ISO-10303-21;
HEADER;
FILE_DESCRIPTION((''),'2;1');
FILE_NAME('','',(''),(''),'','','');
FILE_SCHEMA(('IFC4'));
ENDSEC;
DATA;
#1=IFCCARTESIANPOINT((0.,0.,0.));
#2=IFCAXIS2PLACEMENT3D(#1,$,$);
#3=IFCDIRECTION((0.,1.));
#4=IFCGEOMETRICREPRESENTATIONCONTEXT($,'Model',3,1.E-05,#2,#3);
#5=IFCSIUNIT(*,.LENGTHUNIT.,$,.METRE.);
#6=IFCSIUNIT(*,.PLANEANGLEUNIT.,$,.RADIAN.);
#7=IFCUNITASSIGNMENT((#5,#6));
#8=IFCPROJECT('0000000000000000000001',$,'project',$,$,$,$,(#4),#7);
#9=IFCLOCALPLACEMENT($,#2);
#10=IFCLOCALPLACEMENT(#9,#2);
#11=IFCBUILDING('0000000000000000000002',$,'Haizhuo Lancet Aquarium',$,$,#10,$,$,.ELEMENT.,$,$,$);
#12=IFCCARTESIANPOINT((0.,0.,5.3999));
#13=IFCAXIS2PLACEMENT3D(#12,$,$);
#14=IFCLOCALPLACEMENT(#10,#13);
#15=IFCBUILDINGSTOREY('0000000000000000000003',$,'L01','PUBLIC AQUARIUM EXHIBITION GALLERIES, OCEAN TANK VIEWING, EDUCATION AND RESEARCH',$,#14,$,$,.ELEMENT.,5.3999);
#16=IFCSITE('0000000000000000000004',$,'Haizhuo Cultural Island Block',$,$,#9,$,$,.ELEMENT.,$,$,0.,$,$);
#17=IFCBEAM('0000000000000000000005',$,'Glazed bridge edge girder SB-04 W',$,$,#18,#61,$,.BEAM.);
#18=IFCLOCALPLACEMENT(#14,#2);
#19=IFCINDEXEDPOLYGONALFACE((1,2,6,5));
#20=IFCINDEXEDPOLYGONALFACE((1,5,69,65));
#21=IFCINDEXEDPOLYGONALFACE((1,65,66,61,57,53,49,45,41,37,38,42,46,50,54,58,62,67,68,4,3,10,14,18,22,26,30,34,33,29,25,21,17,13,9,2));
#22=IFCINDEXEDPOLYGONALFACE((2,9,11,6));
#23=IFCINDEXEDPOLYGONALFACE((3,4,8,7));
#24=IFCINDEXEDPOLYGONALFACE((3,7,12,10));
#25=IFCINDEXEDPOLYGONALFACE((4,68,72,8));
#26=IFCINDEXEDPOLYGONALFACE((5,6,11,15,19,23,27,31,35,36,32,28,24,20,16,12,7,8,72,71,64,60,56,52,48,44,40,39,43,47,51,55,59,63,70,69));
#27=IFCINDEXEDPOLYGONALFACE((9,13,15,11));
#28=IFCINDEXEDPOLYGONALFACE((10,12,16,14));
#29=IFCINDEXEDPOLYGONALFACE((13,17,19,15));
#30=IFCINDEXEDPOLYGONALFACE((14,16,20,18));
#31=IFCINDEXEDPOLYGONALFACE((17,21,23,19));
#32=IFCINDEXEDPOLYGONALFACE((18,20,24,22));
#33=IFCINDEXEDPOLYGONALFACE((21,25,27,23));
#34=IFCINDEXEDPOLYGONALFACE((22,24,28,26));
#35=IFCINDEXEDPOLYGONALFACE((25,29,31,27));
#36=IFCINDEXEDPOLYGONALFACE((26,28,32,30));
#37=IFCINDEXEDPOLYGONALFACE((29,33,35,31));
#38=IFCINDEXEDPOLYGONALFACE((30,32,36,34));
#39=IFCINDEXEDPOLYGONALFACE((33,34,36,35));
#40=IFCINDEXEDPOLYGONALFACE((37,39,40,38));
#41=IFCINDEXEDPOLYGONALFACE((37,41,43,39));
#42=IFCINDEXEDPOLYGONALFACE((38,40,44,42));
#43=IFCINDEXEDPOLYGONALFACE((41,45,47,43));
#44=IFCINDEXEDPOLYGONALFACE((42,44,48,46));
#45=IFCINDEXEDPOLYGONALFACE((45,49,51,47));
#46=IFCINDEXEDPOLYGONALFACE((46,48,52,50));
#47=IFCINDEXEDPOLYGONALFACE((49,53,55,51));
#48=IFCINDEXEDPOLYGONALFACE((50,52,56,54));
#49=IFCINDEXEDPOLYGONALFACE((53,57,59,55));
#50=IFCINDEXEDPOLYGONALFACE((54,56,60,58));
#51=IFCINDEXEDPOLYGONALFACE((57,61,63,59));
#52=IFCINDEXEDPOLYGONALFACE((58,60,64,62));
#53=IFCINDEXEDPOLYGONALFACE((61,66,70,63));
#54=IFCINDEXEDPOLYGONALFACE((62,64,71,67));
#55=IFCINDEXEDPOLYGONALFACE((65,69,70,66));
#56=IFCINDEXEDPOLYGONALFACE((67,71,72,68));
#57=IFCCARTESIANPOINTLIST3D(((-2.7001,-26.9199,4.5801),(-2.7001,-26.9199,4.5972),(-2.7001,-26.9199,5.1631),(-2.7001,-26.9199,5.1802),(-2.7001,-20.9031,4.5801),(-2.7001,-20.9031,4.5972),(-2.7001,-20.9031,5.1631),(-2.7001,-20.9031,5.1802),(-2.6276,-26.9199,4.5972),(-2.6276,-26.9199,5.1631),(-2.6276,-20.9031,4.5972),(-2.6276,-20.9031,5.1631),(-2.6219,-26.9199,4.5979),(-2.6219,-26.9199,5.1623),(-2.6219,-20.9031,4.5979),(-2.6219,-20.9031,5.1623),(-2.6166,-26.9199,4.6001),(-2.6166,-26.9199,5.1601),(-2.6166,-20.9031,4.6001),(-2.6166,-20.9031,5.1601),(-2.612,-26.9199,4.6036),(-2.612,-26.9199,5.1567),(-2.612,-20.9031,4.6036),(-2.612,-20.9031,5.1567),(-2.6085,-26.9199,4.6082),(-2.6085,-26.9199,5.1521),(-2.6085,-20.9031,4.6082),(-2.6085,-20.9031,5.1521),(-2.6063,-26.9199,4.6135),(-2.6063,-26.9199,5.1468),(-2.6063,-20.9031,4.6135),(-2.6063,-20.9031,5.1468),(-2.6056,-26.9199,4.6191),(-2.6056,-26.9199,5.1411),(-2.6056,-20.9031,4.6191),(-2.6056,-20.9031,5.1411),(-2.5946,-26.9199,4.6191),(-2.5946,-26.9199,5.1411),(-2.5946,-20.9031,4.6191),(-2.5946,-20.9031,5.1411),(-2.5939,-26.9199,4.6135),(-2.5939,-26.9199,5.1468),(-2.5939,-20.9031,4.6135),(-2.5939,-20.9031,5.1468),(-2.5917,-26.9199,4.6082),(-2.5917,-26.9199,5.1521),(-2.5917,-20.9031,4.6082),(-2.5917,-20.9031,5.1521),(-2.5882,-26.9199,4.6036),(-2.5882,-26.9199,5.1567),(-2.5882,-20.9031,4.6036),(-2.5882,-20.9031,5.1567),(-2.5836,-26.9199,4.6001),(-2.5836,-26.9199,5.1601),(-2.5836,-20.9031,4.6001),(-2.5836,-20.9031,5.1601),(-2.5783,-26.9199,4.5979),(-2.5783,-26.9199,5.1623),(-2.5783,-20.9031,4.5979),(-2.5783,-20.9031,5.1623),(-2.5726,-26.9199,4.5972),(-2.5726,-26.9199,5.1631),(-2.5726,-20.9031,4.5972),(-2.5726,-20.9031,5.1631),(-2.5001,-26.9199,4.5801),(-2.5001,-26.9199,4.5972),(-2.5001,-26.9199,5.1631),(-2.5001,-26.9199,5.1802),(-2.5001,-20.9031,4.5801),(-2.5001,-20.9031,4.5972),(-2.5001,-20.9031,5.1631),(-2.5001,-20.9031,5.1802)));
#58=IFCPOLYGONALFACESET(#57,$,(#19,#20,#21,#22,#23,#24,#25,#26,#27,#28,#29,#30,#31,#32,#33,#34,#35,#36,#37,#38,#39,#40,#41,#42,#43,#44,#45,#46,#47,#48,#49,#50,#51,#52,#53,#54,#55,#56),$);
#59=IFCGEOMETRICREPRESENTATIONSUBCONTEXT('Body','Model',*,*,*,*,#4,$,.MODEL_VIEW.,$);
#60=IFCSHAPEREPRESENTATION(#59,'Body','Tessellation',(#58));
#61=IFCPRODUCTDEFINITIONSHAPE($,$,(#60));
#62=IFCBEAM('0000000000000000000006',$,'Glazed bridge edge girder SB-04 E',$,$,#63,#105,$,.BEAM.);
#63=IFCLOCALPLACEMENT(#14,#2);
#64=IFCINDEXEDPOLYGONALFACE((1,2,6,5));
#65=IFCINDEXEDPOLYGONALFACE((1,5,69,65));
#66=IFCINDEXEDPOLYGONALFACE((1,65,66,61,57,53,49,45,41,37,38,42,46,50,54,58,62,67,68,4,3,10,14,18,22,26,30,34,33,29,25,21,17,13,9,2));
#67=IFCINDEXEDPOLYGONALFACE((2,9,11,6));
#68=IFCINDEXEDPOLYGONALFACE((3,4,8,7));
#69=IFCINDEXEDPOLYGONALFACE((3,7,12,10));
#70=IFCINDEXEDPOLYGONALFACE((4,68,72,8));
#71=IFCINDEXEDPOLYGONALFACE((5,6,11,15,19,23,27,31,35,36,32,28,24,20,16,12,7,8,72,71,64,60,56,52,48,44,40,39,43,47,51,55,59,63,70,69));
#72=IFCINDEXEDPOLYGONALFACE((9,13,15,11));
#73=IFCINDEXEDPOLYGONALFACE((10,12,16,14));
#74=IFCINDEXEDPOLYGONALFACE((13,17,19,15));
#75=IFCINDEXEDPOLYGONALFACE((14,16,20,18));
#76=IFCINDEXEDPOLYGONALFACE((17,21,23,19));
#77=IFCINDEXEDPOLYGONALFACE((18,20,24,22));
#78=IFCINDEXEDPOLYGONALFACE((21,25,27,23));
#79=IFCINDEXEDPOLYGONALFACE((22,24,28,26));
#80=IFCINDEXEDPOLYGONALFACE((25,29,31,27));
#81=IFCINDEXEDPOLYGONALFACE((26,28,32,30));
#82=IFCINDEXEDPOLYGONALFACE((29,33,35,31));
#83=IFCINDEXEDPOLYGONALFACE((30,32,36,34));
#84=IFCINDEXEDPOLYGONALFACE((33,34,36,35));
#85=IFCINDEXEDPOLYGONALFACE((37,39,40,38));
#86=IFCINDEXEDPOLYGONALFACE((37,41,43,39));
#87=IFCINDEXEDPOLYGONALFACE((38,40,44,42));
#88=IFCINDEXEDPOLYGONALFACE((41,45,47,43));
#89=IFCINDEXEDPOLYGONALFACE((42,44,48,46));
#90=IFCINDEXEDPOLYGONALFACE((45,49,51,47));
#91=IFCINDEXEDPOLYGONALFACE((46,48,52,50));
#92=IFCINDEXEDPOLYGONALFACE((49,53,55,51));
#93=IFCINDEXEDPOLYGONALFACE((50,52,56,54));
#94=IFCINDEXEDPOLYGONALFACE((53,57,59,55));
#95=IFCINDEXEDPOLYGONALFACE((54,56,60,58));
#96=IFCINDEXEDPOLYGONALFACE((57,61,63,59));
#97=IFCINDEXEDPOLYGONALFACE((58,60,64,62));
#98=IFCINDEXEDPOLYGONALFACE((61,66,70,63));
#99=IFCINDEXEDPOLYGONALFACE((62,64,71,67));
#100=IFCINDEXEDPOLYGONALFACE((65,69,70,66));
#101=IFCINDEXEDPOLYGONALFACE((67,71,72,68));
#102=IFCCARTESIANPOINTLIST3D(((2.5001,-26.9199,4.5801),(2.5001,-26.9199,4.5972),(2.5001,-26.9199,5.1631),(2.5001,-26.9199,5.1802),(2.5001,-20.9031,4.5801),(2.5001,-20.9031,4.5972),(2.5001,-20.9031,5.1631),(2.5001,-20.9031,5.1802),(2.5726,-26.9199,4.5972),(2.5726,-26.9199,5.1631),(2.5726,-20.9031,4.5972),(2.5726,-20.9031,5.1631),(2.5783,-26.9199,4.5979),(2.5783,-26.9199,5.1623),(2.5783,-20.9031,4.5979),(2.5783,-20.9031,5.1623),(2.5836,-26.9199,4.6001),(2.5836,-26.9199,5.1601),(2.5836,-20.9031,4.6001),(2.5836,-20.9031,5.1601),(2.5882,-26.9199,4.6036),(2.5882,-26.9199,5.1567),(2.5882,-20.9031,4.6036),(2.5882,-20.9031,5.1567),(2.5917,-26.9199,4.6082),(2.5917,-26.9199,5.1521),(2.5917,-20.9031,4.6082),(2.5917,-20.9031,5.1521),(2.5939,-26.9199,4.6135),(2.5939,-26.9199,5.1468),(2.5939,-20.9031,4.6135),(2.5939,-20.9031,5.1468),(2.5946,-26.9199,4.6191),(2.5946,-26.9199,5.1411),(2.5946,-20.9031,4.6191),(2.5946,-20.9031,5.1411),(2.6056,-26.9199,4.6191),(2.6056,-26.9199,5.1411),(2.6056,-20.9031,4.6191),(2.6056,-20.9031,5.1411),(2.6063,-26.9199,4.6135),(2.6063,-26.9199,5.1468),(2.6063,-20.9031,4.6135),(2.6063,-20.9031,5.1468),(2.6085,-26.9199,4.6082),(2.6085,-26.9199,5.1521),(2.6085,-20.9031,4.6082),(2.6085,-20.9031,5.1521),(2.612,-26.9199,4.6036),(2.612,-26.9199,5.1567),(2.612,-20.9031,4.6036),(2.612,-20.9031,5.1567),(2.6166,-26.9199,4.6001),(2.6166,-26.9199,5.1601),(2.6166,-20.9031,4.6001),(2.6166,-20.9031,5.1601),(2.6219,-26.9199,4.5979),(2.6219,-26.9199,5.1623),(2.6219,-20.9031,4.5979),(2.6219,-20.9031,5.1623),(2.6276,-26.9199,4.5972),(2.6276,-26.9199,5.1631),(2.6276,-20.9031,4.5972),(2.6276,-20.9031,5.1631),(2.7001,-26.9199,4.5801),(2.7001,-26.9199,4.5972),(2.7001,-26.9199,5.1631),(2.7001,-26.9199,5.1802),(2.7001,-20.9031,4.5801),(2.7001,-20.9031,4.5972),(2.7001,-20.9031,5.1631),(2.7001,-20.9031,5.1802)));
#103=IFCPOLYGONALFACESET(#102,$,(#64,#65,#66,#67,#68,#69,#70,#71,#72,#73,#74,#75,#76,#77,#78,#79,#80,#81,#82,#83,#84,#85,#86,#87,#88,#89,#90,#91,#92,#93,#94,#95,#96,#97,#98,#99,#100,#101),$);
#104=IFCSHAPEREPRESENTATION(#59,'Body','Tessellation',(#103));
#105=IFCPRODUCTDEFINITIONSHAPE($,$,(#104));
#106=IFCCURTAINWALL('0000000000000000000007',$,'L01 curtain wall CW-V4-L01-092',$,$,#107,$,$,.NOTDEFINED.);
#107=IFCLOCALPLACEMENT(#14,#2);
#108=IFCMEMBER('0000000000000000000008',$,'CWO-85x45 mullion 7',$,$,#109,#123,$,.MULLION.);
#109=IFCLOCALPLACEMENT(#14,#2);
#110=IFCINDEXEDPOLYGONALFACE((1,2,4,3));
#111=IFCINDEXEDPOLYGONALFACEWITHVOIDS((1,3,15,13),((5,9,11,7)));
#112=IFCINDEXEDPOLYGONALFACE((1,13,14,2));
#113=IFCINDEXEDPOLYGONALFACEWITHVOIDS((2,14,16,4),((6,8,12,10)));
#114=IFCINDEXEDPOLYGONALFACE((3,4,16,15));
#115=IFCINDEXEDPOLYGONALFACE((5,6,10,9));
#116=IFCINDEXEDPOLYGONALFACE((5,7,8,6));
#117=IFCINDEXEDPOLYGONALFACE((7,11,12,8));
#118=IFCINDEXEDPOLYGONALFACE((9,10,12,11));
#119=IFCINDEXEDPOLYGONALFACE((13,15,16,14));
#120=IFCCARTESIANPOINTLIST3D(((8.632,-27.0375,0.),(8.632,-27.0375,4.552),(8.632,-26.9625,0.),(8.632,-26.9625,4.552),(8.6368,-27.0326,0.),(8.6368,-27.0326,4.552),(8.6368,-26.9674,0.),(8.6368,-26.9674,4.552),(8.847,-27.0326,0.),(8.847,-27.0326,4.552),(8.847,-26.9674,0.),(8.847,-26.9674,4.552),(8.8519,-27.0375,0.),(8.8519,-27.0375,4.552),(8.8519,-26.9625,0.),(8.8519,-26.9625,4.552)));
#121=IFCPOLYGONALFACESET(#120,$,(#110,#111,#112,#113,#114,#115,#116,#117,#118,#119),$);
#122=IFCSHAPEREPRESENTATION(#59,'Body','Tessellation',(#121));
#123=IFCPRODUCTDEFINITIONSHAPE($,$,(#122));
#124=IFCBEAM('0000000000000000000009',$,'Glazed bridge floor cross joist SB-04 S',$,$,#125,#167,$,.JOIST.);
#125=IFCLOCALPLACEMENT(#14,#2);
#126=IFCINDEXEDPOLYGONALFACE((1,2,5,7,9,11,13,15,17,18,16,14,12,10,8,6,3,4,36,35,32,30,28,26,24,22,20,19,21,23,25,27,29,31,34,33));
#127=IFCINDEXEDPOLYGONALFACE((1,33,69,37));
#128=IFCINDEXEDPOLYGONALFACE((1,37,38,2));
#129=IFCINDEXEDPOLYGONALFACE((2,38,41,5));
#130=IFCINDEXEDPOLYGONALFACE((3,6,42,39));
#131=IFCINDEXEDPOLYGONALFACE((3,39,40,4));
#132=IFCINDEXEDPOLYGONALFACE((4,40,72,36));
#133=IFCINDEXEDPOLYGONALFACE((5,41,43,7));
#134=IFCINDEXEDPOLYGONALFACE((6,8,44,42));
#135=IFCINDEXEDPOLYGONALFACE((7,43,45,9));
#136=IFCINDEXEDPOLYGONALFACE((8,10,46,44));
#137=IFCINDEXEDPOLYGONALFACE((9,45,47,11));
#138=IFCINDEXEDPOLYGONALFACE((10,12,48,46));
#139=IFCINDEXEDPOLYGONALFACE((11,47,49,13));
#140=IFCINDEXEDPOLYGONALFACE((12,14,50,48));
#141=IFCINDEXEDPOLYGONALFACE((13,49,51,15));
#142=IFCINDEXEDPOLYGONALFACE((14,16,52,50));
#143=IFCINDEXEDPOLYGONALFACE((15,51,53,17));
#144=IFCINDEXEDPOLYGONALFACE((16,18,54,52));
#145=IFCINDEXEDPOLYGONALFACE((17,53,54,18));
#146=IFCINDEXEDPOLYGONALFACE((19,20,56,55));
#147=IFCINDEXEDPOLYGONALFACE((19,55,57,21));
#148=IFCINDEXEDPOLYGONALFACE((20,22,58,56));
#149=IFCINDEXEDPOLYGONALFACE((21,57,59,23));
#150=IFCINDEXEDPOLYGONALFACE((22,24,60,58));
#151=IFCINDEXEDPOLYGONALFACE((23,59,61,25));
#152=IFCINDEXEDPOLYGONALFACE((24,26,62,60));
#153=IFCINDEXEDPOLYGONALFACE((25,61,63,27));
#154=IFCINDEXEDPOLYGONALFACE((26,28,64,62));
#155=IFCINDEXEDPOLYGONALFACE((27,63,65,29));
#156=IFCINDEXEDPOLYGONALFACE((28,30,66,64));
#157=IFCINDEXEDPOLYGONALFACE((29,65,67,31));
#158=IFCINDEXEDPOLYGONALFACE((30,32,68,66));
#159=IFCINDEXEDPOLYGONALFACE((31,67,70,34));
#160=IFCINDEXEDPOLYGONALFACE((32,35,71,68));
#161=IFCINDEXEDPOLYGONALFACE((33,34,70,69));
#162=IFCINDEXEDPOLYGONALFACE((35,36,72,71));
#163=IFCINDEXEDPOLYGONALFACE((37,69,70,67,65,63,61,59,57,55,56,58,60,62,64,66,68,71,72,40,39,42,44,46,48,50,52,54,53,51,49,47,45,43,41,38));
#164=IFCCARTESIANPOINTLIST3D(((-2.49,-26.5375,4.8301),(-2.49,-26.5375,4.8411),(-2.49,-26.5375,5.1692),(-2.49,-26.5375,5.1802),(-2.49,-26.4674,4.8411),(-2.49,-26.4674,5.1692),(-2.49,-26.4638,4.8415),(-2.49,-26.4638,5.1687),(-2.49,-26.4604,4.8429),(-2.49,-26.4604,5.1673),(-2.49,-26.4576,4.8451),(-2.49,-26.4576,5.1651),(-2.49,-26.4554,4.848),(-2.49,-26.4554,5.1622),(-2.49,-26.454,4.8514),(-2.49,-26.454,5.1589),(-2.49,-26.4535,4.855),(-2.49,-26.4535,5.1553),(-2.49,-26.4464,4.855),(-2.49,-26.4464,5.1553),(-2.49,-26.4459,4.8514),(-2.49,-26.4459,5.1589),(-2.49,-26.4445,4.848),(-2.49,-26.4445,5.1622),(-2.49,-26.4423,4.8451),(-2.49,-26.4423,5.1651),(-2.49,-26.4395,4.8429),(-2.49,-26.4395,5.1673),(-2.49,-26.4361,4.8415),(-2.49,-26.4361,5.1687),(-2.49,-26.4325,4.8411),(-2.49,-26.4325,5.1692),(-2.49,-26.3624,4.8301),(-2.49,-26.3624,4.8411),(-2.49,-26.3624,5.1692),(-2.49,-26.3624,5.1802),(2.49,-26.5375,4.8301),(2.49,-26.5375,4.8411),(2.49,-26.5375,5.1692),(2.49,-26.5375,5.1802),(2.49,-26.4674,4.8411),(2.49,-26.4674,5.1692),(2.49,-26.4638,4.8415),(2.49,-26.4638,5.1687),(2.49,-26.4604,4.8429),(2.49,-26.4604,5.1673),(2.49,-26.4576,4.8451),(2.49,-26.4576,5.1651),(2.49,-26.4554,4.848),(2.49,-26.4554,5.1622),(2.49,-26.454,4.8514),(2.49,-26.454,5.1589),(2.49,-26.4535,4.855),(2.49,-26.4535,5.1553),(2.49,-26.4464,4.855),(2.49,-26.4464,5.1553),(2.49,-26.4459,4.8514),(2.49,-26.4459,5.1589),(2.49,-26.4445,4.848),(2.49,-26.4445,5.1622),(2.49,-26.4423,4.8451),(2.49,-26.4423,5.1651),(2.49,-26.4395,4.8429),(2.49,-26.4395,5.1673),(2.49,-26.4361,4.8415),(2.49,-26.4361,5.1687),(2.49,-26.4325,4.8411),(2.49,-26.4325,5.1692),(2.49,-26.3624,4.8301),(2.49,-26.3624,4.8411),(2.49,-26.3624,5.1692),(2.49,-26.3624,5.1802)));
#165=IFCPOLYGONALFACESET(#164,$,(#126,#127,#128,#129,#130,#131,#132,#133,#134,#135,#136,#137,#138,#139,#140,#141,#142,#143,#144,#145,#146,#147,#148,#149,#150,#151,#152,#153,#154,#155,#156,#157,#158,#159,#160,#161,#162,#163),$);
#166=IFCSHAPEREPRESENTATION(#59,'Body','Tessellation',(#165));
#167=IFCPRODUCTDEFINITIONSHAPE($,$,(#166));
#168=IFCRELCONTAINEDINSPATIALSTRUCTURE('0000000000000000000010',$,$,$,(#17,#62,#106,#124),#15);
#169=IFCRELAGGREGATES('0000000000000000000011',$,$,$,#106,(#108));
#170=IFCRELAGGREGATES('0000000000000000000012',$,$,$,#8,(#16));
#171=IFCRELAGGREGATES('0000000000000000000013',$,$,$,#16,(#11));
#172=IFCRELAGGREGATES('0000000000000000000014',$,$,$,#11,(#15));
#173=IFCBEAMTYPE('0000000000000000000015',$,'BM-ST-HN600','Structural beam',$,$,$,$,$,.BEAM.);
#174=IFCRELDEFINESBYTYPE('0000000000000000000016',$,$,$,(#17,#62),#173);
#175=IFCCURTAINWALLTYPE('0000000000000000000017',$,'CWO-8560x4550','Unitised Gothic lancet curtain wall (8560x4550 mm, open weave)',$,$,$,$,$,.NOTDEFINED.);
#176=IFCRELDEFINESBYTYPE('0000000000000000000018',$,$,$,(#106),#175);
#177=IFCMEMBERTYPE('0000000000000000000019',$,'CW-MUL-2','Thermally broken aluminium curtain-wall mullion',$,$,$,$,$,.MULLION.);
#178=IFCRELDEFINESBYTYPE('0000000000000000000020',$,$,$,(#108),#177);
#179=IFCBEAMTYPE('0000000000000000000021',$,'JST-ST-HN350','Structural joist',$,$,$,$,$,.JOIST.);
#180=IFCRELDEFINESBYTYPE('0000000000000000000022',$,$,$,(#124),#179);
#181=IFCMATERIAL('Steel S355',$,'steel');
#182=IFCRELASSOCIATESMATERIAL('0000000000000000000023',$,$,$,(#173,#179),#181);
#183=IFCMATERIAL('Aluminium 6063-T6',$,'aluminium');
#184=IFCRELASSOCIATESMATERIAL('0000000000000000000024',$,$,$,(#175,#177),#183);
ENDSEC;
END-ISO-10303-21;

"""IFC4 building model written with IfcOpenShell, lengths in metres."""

from ifc_helpers import new_model, si_unit, direction, frame, origin, origin_2d, place, context, subcontext, project, spatial, hollow_rectangle, i_section, extrude, material, material_profile, profile_set, type_object, element, aggregate, save


model = new_model("IFC4")

# Units and contexts
model_context = context("Model", 3, precision=1e-05, world=origin(), true_north=direction((0.0, 1.0)))
body_context = subcontext(model_context, "Body", "Model", "MODEL_VIEW")
ifc_project = project(units=[si_unit("LENGTHUNIT", "METRE"), si_unit("PLANEANGLEUNIT", "RADIAN")], contexts=[model_context])

# Site, building, storey
site_placement = place(None, origin())
site = spatial("IfcSite", under=ifc_project, at=site_placement, Name="Haizhuo Cultural Island Block", CompositionType="ELEMENT", RefElevation=0.0)
building_placement = place(site_placement, origin())
building = spatial("IfcBuilding", under=site, at=building_placement, Name="Haizhuo Lancet Aquarium", CompositionType="ELEMENT")
storey_placement = place(building_placement, frame((0.0, 0.0, 5.3999)))
storey = spatial("IfcBuildingStorey", under=building, at=storey_placement, Name="L01", Description="PUBLIC AQUARIUM EXHIBITION GALLERIES, OCEAN TANK VIEWING, EDUCATION AND RESEARCH", CompositionType="ELEMENT", Elevation=5.3999)

# Shared definitions
ifc_material_1 = material(Name="Steel S355", Category="steel")

# Beams
ifc_material_profile_1 = material_profile(ifc_material_1, i_section(OverallWidth=0.2, OverallDepth=0.6001, WebThickness=0.011, FlangeThickness=0.0171, FilletRadius=0.022, at=origin_2d()), Name="HN 600x200x11x17")
ifc_profile_set_1 = profile_set([ifc_material_profile_1], Name="Steel S355")
beam_type_1 = type_object("IfcBeamType", Name="BM-ST-HN600", Description="Structural beam", PredefinedType="BEAM", material=ifc_profile_set_1)
for number, where, z_axis, x_axis, name in (
    (1, (-2.6001, -26.9199, 4.8801), (0.0, 1.0, 0.0), (-1.0, 0.0, 0.0), "Glazed bridge edge girder SB-04 W"),
    (2, (2.6001, -26.9199, 4.8801), (0.0, 1.0, 0.0), (-1.0, 0.0, 0.0), "Glazed bridge edge girder SB-04 E"),
):
    element("IfcBeam", number, at=place(storey_placement, frame(where, z_axis=z_axis, x_axis=x_axis)), inside=storey, type_object=beam_type_1, Name=name, PredefinedType="BEAM", context=body_context, shape_type="SweptSolid", body=[
        extrude(i_section(OverallWidth=0.2, OverallDepth=0.6001, WebThickness=0.011, FlangeThickness=0.0171, FilletRadius=0.022, at=origin_2d()), origin(), (0.0, 0.0, 1.0), 6.0168),
    ])

# Curtain wall, member
ifc_material_2 = material(Name="Aluminium 6063-T6", Category="aluminium")
curtain_wall_type = type_object("IfcCurtainWallType", Name="CWO-8560x4550", Description="Unitised Gothic lancet curtain wall (8560x4550 mm, open weave)", PredefinedType="NOTDEFINED", material=ifc_material_2)
curtain_wall_placement = place(storey_placement, origin())
curtain_wall = element("IfcCurtainWall", 3, at=curtain_wall_placement, inside=storey, type_object=curtain_wall_type, Name="L01 curtain wall CW-V4-L01-092", PredefinedType="NOTDEFINED")
ifc_material_profile_2 = material_profile(ifc_material_2, hollow_rectangle(XDim=0.075, YDim=0.22, WallThickness=0.0049, at=origin_2d()), Name="ALU-M 75x220x5")
ifc_profile_set_2 = profile_set([ifc_material_profile_2], Name="Aluminium 6063-T6")
member_type_1 = type_object("IfcMemberType", Name="CW-MUL-2", Description="Thermally broken aluminium curtain-wall mullion", PredefinedType="MULLION", material=ifc_profile_set_2)
member_1_placement = place(storey_placement, frame((8.7419, -27.0, 0.0), z_axis=(0.0, 0.0, 1.0), x_axis=(0.0, 1.0, 0.0)))
member_1 = element("IfcMember", 4, at=member_1_placement, type_object=member_type_1, Name="CWO-85x45 mullion 7", PredefinedType="MULLION", context=body_context, shape_type="SweptSolid", body=[
    extrude(hollow_rectangle(XDim=0.075, YDim=0.22, WallThickness=0.0049, at=origin_2d()), origin(), (0.0, 0.0, 1.0), 4.552),
])
aggregate(curtain_wall, [member_1])

# Beam
ifc_material_profile_3 = material_profile(ifc_material_1, i_section(OverallWidth=0.175, OverallDepth=0.3501, WebThickness=0.0071, FlangeThickness=0.011, FilletRadius=0.0139, at=origin_2d()), Name="HN 350x175x7x11")
ifc_profile_set_3 = profile_set([ifc_material_profile_3], Name="Steel S355")
beam_type_2 = type_object("IfcBeamType", Name="JST-ST-HN350", Description="Structural joist", PredefinedType="JOIST", material=ifc_profile_set_3)
for number, where, z_axis, x_axis, name in (
    (5, (-2.49, -26.45, 5.0051), (1.0, 0.0, 0.0), (0.0, 1.0, 0.0), "Glazed bridge floor cross joist SB-04 S"),
):
    element("IfcBeam", number, at=place(storey_placement, frame(where, z_axis=z_axis, x_axis=x_axis)), inside=storey, type_object=beam_type_2, Name=name, PredefinedType="JOIST", context=body_context, shape_type="SweptSolid", body=[
        extrude(i_section(OverallWidth=0.175, OverallDepth=0.3501, WebThickness=0.0071, FlangeThickness=0.011, FilletRadius=0.0139, at=origin_2d()), origin(), (0.0, 0.0, 1.0), 4.98),
    ])

save(model, "model.ifc")
